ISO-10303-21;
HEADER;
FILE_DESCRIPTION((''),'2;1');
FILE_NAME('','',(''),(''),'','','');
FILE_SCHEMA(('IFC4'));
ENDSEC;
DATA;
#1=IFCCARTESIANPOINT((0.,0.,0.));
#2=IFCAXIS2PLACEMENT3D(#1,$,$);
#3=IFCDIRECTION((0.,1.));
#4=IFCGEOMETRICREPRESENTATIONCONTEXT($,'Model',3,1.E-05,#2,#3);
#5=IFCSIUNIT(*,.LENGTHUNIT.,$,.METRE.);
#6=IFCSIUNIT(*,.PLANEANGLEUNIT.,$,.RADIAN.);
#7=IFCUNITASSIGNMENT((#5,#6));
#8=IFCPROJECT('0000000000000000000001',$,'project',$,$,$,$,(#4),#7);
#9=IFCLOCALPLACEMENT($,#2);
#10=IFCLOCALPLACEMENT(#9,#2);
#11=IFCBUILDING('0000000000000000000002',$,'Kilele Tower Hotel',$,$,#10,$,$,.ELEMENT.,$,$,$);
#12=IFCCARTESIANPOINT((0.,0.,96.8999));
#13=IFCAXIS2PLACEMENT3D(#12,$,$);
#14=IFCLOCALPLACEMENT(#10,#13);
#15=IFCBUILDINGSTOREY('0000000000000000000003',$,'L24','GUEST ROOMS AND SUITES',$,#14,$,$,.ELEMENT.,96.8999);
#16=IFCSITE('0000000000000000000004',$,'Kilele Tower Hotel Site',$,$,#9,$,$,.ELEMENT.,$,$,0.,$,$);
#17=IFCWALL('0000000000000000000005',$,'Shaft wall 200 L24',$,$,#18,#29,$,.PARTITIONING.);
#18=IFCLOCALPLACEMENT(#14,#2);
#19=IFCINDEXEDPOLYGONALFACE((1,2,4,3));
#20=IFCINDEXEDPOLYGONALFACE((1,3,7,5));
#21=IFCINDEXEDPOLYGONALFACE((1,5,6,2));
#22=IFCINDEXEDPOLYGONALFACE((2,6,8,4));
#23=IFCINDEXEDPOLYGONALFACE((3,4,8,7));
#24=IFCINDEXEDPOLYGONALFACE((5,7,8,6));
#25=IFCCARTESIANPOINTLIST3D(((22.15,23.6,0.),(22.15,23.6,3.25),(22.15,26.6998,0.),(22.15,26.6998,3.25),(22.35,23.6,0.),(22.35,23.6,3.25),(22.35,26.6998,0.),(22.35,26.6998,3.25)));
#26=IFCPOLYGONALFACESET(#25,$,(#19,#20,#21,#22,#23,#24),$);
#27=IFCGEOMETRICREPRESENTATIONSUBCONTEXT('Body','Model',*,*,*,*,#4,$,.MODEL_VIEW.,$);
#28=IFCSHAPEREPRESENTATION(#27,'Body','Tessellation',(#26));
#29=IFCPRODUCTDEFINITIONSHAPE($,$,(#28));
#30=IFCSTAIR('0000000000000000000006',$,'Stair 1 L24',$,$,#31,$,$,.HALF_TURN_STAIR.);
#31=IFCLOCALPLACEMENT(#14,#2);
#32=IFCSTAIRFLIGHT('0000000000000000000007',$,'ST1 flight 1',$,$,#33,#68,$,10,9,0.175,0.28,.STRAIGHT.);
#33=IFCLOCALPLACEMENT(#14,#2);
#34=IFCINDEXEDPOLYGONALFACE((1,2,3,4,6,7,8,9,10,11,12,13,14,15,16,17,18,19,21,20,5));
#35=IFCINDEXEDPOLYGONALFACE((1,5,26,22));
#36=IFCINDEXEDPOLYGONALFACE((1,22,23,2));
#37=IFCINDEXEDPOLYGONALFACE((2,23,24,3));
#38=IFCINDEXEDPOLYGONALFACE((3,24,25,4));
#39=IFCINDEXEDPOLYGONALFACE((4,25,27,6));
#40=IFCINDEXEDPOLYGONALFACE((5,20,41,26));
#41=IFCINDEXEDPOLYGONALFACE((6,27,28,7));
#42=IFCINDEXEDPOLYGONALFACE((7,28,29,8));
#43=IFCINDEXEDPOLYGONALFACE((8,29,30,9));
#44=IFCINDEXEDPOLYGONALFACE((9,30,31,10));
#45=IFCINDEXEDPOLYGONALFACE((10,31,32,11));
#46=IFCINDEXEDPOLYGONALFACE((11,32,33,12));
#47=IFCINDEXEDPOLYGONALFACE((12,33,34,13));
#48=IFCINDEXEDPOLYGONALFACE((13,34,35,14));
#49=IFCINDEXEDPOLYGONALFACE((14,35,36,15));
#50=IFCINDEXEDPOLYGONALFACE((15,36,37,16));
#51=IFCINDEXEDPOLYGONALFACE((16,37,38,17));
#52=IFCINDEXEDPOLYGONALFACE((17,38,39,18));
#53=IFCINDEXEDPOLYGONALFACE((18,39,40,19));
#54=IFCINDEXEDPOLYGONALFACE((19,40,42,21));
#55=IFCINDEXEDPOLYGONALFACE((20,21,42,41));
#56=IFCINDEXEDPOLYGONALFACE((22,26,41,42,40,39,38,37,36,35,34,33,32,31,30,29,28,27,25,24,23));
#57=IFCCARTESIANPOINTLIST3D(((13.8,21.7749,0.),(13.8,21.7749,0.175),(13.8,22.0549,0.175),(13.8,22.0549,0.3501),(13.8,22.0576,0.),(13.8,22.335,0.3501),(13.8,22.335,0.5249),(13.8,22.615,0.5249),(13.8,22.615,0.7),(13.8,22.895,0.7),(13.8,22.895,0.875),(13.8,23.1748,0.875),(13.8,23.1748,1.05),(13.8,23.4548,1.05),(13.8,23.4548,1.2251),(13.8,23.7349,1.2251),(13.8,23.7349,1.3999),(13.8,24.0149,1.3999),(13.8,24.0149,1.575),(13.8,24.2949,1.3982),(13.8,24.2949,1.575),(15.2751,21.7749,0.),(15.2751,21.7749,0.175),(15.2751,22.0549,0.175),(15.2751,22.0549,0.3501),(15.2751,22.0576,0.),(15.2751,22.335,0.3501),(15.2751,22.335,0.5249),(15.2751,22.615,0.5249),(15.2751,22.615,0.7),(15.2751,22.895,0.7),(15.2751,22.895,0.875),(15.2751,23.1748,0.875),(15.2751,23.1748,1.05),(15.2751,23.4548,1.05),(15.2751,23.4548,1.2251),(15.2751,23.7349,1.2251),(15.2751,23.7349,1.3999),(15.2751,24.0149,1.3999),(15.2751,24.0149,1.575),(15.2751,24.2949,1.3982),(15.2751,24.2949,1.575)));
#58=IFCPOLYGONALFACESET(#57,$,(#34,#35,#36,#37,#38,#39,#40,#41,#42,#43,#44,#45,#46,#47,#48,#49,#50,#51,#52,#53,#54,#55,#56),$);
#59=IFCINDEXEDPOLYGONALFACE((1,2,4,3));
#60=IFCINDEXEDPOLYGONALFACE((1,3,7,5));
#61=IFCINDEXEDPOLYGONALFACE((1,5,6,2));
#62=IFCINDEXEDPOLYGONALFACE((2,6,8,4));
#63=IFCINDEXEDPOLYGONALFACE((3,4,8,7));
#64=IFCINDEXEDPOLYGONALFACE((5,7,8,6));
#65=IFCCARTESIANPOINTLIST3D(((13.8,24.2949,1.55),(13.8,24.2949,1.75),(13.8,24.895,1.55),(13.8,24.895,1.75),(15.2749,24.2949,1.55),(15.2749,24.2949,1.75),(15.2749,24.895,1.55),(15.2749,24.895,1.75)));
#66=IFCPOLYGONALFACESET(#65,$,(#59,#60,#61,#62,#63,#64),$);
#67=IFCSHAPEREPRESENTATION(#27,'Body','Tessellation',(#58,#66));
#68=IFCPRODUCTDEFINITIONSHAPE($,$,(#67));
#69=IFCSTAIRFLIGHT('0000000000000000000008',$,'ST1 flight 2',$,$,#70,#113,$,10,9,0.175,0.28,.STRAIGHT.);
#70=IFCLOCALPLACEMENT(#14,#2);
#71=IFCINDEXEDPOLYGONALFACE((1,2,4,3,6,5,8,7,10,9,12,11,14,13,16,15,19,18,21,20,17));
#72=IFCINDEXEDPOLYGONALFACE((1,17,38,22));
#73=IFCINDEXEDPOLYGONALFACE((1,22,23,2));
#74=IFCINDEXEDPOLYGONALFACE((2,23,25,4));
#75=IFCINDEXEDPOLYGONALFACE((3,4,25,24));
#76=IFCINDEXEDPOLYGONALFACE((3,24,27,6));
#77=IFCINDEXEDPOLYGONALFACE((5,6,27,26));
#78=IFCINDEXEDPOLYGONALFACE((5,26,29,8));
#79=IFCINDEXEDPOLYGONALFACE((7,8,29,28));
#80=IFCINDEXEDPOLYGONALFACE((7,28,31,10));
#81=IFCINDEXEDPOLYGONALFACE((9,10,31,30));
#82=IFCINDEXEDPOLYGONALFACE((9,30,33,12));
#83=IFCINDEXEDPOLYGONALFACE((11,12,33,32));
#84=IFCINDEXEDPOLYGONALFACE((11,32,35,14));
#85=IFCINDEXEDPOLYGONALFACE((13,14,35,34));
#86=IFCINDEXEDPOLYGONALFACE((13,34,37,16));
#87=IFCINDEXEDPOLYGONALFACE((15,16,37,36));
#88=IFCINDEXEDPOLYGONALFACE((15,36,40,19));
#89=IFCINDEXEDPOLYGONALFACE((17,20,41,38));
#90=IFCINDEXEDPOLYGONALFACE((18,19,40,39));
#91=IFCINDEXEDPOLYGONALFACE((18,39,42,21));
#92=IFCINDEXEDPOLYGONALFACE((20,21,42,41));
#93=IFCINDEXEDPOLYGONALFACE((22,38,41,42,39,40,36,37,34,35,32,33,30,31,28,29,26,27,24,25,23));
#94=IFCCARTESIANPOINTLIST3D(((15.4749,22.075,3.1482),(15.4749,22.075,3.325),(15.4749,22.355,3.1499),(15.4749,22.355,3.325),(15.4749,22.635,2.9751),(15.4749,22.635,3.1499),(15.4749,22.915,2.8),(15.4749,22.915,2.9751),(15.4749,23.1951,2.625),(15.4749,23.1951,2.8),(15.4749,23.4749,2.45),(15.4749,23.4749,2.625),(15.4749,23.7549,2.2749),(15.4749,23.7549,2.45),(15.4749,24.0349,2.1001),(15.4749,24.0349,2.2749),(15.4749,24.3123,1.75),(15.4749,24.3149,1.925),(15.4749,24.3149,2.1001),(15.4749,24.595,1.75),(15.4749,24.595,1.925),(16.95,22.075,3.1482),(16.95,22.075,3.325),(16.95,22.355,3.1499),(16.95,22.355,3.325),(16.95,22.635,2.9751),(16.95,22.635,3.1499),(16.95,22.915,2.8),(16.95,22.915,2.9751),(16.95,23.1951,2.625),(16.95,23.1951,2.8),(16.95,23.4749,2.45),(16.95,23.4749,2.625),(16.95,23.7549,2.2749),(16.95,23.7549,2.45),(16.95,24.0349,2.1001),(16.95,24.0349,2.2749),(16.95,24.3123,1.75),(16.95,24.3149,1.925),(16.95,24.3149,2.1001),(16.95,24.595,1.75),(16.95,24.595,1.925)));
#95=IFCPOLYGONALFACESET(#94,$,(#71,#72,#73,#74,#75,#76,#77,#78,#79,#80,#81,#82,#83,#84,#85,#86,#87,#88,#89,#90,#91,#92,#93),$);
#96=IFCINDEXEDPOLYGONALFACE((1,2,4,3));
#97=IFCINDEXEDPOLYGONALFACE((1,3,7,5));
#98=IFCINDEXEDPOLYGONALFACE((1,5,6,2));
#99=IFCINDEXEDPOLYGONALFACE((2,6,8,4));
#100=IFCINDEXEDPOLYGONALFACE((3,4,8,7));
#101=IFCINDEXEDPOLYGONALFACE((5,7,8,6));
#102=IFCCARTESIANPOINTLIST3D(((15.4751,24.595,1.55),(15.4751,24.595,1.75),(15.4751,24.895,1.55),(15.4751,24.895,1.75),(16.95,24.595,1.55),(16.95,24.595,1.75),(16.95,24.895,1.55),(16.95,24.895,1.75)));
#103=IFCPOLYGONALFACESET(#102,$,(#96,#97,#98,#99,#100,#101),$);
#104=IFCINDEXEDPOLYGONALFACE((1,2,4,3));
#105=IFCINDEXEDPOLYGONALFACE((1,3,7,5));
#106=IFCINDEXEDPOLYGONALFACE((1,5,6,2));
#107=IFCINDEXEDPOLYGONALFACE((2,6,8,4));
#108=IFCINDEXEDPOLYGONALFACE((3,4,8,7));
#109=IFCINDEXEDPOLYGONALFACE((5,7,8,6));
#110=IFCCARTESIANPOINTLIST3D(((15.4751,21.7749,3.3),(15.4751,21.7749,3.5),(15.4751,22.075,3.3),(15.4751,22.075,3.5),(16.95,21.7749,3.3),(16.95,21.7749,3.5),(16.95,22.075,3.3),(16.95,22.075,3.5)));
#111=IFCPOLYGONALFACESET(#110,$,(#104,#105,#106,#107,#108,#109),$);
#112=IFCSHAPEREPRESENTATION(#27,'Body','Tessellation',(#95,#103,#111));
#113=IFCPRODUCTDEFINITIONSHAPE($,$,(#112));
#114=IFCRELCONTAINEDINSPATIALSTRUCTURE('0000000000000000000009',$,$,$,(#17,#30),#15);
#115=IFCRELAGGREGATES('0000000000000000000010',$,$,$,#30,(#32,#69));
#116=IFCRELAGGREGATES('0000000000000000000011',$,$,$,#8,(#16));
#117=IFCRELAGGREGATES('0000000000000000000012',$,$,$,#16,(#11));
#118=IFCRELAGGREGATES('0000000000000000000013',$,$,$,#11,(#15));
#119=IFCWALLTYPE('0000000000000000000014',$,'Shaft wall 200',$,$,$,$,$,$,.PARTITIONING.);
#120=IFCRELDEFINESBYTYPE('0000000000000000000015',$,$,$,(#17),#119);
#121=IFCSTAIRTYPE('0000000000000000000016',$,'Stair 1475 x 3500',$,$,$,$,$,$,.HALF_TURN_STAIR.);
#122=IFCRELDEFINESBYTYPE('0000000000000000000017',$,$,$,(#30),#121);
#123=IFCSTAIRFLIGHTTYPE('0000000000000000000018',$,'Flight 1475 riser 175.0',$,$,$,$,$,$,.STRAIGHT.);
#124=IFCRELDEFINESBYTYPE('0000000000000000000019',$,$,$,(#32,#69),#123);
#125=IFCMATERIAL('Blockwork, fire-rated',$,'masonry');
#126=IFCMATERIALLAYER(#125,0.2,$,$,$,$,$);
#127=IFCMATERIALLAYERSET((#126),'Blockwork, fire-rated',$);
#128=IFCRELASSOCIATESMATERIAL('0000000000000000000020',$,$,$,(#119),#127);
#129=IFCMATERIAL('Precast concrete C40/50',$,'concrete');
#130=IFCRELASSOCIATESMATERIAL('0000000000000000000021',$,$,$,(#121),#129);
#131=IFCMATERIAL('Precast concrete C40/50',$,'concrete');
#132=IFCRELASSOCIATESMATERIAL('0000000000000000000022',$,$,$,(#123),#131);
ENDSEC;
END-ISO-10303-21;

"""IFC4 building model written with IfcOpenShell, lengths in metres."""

from ifc_helpers import new_model, si_unit, direction, frame, frame_2d, origin, place, context, subcontext, project, spatial, polyline, rectangle, outline, extrude, material, layer, layer_set, type_object, element, aggregate, save


model = new_model("IFC4")

# Units and contexts
model_context = context("Model", 3, precision=1e-05, world=origin(), true_north=direction((0.0, 1.0)))
body_context = subcontext(model_context, "Body", "Model", "MODEL_VIEW")
ifc_project = project(units=[si_unit("LENGTHUNIT", "METRE"), si_unit("PLANEANGLEUNIT", "RADIAN")], contexts=[model_context])

# Site, building, storey
site_placement = place(None, origin())
site = spatial("IfcSite", under=ifc_project, at=site_placement, Name="Kilele Tower Hotel Site", CompositionType="ELEMENT", RefElevation=0.0)
building_placement = place(site_placement, origin())
building = spatial("IfcBuilding", under=site, at=building_placement, Name="Kilele Tower Hotel", CompositionType="ELEMENT")
storey_placement = place(building_placement, frame((0.0, 0.0, 96.8999)))
storey = spatial("IfcBuildingStorey", under=building, at=storey_placement, Name="L24", Description="GUEST ROOMS AND SUITES", CompositionType="ELEMENT", Elevation=96.8999)

# Shared definitions
ifc_material_1 = material(Name="Blockwork, fire-rated", Category="masonry")
ifc_layer_1 = layer(ifc_material_1, 0.2)
ifc_layer_set_1 = layer_set([ifc_layer_1], Name="Blockwork, fire-rated")
wall_type_1 = type_object("IfcWallType", Name="Shaft wall 200", PredefinedType="PARTITIONING", material=ifc_layer_set_1)

# Wall
wall_1_placement = place(storey_placement, frame((22.25, 23.6001, 0.0), z_axis=(0.0, 0.0, 1.0), x_axis=(0.0, 1.0, 0.0)))
element("IfcWall", 1, at=wall_1_placement, inside=storey, type_object=wall_type_1, Name="Shaft wall 200 L24", PredefinedType="PARTITIONING", context=body_context, shape_type="SweptSolid", body=[
    extrude(rectangle(XDim=3.0999, YDim=0.2, at=frame_2d((1.5498, 0.0))), origin(), (0.0, 0.0, 1.0), 3.25),
])

# Stair, stair flights
ifc_material_2 = material(Name="Precast concrete C40/50", Category="concrete")
stair_type = type_object("IfcStairType", Name="Stair 1475 x 3500", PredefinedType="HALF_TURN_STAIR", material=ifc_material_2)
stair_placement = place(storey_placement, origin())
stair = element("IfcStair", 2, at=stair_placement, inside=storey, type_object=stair_type, Name="Stair 1 L24", PredefinedType="HALF_TURN_STAIR")
ifc_material_3 = material(Name="Precast concrete C40/50", Category="concrete")
stair_flight_type = type_object("IfcStairFlightType", Name="Flight 1475 riser 175.0", PredefinedType="STRAIGHT", material=ifc_material_3)
stair_flight_1_placement = place(storey_placement, frame((14.5376, 21.7749, 0.0), z_axis=(0.0, 0.0, 1.0), x_axis=(0.0, 1.0, 0.0)))
stair_flight_1 = element("IfcStairFlight", 3, at=stair_flight_1_placement, type_object=stair_flight_type, Name="ST1 flight 1", NumberOfRisers=10, NumberOfTreads=9, PredefinedType="STRAIGHT", RiserHeight=0.175, TreadLength=0.28, context=body_context, shape_type="SweptSolid", body=[
    extrude(outline(polyline([(0.0, 0.0), (0.0, 0.175), (0.28, 0.175), (0.28, 0.3501), (0.5601, 0.3501), (0.5601, 0.5249), (0.8401, 0.5249), (0.8401, 0.7), (1.1201, 0.7), (1.1201, 0.875), (1.3999, 0.875), (1.3999, 1.05), (1.6799, 1.05), (1.6799, 1.2251), (1.96, 1.2251), (1.96, 1.3999), (2.24, 1.3999), (2.24, 1.575), (2.52, 1.575), (2.52, 1.75), (2.52, 1.3982), (0.2827, 0.0), (0.0, 0.0)])), frame((0.0, 0.7375, 0.0), z_axis=(0.0, -1.0, 0.0), x_axis=(1.0, 0.0, 0.0)), (0.0, 0.0, 1.0), 1.4751),
    extrude(outline(polyline([(2.52, 0.7375), (2.52, -0.7373), (3.1201, -0.7373), (3.1201, 0.7375), (2.52, 0.7375)])), frame((0.0, 0.0, 1.55)), (0.0, 0.0, 1.0), 0.2),
])
stair_flight_2_placement = place(storey_placement, frame((16.2124, 24.595, 1.75), z_axis=(0.0, 0.0, 1.0), x_axis=(0.0, -1.0, 0.0)))
stair_flight_2 = element("IfcStairFlight", 4, at=stair_flight_2_placement, type_object=stair_flight_type, Name="ST1 flight 2", NumberOfRisers=10, NumberOfTreads=9, PredefinedType="STRAIGHT", RiserHeight=0.175, TreadLength=0.28, context=body_context, shape_type="SweptSolid", body=[
    extrude(outline(polyline([(0.0, 0.0), (0.0, 0.175), (0.28, 0.175), (0.28, 0.3501), (0.5601, 0.3501), (0.5601, 0.5249), (0.8401, 0.5249), (0.8401, 0.7), (1.1201, 0.7), (1.1201, 0.875), (1.3999, 0.875), (1.3999, 1.05), (1.6799, 1.05), (1.6799, 1.2251), (1.96, 1.2251), (1.96, 1.3999), (2.24, 1.3999), (2.24, 1.575), (2.52, 1.575), (2.52, 1.75), (2.52, 1.3982), (0.2827, 0.0), (0.0, 0.0)])), frame((0.0, 0.7375, 0.0), z_axis=(0.0, -1.0, 0.0), x_axis=(1.0, 0.0, 0.0)), (0.0, 0.0, 1.0), 1.4751),
    extrude(outline(polyline([(0.0, -0.7373), (0.0, 0.7375), (-0.3, 0.7375), (-0.3, -0.7373), (0.0, -0.7373)])), frame((0.0, 0.0, -0.2)), (0.0, 0.0, 1.0), 0.2),
    extrude(outline(polyline([(2.8201, -0.7373), (2.8201, 0.7375), (2.52, 0.7375), (2.52, -0.7373), (2.8201, -0.7373)])), frame((0.0, 0.0, 1.55)), (0.0, 0.0, 1.0), 0.2),
])
aggregate(stair, [stair_flight_1, stair_flight_2])

save(model, "model.ifc")
